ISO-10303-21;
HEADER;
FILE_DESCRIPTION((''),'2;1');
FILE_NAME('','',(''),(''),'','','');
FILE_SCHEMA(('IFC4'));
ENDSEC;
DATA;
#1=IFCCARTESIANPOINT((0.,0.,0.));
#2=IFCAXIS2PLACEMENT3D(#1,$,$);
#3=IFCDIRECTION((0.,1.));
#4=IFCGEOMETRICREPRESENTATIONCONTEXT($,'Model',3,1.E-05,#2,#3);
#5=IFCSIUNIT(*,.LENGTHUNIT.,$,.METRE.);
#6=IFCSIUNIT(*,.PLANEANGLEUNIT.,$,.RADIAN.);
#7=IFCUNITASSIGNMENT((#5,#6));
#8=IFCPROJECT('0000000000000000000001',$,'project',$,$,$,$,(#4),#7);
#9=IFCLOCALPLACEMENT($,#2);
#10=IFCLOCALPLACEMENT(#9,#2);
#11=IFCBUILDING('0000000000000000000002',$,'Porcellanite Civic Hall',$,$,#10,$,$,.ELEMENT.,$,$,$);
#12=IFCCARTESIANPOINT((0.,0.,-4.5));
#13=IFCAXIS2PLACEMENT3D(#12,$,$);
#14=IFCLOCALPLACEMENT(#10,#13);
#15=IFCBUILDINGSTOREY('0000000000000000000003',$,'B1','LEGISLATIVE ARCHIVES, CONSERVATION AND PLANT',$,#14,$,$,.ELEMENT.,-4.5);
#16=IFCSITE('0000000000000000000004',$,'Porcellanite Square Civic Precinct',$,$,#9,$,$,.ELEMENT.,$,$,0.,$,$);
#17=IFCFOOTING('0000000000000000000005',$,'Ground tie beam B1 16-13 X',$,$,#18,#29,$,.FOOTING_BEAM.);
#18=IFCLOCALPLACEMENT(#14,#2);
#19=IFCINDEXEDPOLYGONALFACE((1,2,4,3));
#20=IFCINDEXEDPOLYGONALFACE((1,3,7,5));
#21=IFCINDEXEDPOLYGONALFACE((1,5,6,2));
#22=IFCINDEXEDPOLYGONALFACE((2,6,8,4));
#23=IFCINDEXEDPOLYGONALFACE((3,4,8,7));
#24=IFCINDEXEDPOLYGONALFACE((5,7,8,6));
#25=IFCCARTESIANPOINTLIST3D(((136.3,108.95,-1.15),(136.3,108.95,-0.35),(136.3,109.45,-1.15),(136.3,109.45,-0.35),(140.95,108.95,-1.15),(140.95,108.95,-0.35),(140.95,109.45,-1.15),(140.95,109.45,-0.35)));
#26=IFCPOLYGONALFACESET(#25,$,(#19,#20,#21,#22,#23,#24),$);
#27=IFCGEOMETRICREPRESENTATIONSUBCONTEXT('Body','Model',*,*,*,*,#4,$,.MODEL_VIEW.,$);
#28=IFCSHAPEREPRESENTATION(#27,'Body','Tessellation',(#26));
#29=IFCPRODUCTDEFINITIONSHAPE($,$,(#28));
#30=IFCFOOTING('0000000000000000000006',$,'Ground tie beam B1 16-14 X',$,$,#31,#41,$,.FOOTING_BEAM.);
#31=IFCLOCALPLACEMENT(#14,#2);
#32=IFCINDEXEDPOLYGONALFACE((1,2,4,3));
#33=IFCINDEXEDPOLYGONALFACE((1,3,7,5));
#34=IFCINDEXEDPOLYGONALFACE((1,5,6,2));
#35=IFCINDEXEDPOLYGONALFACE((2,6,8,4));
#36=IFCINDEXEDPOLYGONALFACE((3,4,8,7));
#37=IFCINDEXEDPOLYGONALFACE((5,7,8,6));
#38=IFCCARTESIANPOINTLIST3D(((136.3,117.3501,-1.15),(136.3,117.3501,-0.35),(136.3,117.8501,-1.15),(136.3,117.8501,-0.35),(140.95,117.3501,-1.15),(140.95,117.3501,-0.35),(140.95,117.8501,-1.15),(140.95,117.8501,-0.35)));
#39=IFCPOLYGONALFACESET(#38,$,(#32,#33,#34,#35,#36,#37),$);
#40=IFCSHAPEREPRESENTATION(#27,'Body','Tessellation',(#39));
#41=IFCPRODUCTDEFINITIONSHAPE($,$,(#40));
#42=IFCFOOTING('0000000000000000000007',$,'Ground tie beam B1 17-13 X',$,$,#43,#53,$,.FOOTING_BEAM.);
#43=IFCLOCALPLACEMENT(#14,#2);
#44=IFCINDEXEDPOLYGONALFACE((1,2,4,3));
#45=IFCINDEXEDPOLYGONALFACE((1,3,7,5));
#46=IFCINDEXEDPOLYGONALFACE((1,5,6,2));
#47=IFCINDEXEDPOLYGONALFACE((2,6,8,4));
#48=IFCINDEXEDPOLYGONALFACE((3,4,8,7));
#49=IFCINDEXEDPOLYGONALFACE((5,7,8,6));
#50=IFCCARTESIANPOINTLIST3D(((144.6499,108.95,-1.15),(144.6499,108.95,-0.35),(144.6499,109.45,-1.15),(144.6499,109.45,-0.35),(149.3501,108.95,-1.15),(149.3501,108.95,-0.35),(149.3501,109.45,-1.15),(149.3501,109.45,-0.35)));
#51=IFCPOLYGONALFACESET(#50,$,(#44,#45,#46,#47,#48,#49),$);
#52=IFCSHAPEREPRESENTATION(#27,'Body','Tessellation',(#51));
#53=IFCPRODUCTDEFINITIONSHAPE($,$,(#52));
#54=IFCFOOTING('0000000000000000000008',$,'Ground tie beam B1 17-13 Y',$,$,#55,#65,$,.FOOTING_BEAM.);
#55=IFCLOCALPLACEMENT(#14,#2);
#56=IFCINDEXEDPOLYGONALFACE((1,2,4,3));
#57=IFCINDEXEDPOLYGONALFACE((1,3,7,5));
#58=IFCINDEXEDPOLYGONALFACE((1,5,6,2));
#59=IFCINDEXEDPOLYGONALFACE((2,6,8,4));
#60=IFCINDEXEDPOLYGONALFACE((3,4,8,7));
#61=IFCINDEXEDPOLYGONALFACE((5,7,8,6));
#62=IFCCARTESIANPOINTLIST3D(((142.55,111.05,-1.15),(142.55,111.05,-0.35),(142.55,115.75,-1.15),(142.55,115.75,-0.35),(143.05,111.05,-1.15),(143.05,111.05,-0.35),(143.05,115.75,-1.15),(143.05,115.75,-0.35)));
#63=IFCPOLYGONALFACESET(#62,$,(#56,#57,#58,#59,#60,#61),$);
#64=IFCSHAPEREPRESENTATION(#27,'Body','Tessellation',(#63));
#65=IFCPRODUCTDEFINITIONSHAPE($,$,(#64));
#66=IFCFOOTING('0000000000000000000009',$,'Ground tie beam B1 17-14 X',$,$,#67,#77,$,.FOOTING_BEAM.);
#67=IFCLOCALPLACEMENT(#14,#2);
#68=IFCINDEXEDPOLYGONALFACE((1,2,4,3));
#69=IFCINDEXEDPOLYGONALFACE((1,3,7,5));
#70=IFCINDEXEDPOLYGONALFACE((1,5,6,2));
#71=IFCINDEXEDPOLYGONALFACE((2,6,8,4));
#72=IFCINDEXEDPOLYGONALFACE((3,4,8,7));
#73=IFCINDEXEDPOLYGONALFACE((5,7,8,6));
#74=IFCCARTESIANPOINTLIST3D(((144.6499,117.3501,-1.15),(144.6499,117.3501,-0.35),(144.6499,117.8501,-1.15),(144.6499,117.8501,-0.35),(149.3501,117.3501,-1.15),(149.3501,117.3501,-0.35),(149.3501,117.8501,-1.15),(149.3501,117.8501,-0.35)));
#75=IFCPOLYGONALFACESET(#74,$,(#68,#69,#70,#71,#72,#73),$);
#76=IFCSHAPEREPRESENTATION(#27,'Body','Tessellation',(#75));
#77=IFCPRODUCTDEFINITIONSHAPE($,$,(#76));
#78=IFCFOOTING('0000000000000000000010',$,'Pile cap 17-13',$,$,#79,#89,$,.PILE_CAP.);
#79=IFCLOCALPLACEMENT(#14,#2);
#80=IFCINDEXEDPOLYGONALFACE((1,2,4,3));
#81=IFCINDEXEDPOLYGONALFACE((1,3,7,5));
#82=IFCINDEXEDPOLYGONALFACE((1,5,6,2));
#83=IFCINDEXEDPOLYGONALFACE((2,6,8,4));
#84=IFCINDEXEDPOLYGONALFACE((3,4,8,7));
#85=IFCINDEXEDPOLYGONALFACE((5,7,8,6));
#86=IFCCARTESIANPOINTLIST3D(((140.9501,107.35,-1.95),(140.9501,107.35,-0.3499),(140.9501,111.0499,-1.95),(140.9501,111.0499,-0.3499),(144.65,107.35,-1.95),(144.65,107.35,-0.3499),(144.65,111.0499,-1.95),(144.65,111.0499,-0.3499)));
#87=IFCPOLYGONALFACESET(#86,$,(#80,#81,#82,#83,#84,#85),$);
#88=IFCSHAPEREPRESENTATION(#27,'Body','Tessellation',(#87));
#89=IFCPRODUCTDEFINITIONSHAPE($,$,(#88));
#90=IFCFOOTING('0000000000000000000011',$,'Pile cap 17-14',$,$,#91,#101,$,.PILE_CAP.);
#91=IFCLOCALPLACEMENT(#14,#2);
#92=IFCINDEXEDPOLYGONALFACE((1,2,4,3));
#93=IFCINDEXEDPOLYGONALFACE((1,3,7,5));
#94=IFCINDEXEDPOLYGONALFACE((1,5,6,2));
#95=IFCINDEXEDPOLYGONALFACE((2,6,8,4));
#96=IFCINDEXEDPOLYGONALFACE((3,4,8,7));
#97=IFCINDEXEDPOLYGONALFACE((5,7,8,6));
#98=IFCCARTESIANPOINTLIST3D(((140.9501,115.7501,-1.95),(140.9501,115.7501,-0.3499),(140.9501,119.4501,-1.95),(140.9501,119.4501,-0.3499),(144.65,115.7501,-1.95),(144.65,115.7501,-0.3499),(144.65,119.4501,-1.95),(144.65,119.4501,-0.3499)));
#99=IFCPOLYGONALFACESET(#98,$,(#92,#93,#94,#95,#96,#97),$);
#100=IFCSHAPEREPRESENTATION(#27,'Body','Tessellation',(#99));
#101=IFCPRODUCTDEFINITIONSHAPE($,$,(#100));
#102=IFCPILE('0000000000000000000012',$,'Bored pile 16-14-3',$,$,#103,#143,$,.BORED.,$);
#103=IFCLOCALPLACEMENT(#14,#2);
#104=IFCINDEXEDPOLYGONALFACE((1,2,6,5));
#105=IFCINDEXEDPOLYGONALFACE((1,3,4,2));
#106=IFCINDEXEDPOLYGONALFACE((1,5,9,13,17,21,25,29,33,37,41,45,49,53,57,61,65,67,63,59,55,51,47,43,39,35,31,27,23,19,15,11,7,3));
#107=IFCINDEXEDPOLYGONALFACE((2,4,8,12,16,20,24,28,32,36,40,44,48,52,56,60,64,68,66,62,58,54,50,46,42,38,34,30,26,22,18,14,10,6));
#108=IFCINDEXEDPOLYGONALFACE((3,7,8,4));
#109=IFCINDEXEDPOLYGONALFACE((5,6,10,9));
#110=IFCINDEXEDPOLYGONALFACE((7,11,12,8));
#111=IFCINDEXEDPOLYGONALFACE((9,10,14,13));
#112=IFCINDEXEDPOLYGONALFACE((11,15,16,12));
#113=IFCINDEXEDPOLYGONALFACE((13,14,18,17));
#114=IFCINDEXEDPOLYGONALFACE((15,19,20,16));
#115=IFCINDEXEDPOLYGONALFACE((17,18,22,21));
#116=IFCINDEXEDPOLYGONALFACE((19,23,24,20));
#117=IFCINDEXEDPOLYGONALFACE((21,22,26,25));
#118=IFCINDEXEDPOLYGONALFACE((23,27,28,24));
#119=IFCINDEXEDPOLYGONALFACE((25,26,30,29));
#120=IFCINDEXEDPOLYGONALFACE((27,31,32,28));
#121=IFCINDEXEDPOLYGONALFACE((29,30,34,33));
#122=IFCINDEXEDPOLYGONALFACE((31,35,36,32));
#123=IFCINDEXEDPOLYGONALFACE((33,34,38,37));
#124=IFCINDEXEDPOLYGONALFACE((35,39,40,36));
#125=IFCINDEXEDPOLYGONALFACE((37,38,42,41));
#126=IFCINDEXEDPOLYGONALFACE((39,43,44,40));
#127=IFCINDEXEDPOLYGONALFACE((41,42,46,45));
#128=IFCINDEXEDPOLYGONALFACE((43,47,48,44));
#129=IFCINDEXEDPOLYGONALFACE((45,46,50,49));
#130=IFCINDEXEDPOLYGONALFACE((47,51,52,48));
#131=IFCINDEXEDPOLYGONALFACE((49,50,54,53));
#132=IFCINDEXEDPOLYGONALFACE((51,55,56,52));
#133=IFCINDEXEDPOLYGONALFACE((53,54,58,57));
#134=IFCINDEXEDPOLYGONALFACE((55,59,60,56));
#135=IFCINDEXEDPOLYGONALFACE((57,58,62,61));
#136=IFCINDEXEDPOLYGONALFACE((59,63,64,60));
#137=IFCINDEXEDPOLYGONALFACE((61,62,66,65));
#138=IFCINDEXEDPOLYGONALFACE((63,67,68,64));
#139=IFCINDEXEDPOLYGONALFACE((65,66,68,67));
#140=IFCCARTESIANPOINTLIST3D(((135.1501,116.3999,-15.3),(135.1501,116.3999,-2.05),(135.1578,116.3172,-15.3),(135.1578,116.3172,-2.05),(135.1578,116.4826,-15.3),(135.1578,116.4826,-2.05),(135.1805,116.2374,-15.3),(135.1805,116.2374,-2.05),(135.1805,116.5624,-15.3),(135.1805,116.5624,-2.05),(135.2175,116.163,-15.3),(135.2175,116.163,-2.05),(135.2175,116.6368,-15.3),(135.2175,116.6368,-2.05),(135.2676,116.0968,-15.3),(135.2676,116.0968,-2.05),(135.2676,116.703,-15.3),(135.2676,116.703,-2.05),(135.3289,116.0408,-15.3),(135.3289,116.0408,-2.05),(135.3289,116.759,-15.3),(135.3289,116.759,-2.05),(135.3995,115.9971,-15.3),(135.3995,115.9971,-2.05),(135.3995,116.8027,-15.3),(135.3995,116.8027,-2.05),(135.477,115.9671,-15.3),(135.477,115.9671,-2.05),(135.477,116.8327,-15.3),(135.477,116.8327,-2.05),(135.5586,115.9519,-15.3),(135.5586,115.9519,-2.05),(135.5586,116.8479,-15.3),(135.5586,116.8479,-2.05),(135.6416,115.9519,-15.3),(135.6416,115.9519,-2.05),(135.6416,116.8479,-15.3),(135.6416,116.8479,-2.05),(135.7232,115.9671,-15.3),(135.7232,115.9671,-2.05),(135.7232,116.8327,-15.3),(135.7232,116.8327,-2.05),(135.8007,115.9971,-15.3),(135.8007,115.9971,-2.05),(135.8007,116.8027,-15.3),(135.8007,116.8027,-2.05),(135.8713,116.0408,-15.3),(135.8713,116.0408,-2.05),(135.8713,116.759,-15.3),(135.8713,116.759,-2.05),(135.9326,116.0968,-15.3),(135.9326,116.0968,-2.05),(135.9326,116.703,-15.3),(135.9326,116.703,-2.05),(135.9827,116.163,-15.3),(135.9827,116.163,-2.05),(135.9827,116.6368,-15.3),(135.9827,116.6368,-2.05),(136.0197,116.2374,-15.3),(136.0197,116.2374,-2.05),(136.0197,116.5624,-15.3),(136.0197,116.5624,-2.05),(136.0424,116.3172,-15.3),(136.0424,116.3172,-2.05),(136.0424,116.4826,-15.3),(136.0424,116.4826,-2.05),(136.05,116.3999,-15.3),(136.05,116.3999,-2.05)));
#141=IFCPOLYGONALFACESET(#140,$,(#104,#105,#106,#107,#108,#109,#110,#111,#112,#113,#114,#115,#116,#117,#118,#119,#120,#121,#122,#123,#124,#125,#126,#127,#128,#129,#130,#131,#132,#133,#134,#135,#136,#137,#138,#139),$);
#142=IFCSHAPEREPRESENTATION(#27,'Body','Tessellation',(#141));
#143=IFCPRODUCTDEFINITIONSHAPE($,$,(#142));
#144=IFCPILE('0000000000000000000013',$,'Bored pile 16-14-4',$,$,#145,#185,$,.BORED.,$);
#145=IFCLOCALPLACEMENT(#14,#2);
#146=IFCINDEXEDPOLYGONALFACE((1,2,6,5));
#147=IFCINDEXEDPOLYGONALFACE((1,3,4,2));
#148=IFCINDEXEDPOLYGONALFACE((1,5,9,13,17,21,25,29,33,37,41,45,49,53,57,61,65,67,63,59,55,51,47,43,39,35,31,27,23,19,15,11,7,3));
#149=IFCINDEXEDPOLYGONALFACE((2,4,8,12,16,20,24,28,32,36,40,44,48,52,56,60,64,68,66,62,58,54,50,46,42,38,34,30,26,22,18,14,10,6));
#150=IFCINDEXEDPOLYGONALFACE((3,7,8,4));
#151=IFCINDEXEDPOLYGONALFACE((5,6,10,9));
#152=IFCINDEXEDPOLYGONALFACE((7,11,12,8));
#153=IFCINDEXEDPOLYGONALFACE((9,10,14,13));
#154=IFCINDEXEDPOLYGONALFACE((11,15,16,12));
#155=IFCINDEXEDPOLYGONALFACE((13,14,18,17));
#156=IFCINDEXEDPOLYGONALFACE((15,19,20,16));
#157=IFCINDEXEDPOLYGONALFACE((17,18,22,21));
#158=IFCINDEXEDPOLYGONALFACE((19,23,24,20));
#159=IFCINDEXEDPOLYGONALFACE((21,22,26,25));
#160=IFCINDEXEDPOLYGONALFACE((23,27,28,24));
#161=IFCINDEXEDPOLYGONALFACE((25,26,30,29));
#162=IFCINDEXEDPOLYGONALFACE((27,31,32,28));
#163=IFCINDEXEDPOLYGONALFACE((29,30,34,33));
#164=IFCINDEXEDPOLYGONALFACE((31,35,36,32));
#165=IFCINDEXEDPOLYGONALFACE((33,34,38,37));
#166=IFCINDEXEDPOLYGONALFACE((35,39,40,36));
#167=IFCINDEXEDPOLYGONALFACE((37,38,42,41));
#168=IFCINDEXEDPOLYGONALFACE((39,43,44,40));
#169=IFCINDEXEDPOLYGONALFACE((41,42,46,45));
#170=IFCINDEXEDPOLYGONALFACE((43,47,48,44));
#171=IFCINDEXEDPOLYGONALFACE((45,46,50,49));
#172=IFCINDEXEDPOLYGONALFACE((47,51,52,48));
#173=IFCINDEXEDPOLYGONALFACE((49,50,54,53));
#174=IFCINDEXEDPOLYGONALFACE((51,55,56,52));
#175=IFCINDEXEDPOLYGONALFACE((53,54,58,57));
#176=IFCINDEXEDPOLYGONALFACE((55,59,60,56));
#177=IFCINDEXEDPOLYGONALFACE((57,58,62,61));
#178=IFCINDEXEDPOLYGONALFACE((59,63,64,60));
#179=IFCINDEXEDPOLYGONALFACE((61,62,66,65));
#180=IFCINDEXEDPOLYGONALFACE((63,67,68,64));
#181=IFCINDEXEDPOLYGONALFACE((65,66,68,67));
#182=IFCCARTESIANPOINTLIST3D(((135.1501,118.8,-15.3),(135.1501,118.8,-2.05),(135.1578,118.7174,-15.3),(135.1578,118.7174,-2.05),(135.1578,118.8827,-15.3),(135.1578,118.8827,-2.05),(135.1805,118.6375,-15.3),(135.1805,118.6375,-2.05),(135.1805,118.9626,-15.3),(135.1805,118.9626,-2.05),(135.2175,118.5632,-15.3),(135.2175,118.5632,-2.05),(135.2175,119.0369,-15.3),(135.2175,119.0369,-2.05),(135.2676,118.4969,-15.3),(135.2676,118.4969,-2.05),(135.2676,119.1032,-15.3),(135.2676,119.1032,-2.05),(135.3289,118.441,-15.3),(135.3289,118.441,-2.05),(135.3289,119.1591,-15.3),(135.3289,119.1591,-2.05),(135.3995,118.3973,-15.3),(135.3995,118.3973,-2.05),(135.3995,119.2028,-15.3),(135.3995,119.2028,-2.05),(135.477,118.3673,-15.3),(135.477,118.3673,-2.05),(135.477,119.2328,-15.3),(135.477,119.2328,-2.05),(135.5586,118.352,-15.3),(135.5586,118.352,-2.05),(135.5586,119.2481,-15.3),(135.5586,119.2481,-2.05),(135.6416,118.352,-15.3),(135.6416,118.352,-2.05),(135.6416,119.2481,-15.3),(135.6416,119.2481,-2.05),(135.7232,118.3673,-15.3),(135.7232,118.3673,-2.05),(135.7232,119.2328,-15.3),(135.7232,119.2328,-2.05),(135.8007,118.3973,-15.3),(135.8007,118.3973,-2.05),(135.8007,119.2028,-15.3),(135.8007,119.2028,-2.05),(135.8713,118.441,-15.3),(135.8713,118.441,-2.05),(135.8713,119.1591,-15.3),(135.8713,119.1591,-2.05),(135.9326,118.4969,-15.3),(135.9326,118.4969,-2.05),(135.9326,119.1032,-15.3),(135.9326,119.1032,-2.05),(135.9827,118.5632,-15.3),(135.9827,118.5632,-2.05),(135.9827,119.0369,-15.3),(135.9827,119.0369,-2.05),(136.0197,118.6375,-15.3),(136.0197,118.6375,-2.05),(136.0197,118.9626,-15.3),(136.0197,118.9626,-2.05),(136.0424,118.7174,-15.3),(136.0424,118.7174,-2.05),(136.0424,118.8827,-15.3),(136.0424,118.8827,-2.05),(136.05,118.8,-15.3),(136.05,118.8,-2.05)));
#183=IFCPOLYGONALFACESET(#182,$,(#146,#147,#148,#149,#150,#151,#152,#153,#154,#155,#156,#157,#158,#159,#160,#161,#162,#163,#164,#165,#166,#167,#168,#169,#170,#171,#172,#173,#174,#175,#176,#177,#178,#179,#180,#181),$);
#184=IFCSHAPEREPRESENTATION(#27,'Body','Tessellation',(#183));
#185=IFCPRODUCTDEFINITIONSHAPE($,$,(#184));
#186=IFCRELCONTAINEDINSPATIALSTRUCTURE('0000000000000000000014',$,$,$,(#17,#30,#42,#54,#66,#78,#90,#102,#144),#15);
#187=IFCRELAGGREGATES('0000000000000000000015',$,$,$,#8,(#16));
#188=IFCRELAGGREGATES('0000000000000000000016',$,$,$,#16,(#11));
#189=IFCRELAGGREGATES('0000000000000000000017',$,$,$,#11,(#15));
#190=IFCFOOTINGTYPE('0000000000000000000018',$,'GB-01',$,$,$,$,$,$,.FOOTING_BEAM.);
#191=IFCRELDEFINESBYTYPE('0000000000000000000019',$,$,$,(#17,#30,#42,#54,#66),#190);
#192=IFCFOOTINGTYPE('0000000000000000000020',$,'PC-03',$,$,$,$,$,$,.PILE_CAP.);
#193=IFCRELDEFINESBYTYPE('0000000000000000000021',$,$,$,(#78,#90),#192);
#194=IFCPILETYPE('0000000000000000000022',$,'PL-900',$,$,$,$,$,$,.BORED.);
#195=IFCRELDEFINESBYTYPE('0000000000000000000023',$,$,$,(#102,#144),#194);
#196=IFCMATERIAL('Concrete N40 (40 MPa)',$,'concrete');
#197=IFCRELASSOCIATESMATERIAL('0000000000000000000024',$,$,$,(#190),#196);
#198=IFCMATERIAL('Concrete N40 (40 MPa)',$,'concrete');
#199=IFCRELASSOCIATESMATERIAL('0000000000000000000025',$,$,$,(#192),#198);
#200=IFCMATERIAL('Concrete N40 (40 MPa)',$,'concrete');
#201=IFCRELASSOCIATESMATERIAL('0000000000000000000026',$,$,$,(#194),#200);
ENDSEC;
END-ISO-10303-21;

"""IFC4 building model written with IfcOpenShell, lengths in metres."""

from ifc_helpers import new_model, si_unit, direction, frame, origin, origin_2d, place, context, subcontext, project, spatial, rectangle, circle, extrude, material, material_profile, profile_set, type_object, element, save


model = new_model("IFC4")

# Units and contexts
model_context = context("Model", 3, precision=1e-05, world=origin(), true_north=direction((0.0, 1.0)))
body_context = subcontext(model_context, "Body", "Model", "MODEL_VIEW")
ifc_project = project(units=[si_unit("LENGTHUNIT", "METRE"), si_unit("PLANEANGLEUNIT", "RADIAN")], contexts=[model_context])

# Site, building, storey
site_placement = place(None, origin())
site = spatial("IfcSite", under=ifc_project, at=site_placement, Name="Porcellanite Square Civic Precinct", CompositionType="ELEMENT", RefElevation=0.0)
building_placement = place(site_placement, origin())
building = spatial("IfcBuilding", under=site, at=building_placement, Name="Porcellanite Civic Hall", CompositionType="ELEMENT")
storey_placement = place(building_placement, frame((0.0, 0.0, -4.5)))
storey = spatial("IfcBuildingStorey", under=building, at=storey_placement, Name="B1", Description="LEGISLATIVE ARCHIVES, CONSERVATION AND PLANT", CompositionType="ELEMENT", Elevation=-4.5)

# Footings
ifc_material_1 = material(Name="Concrete N40 (40 MPa)", Category="concrete")
ifc_material_profile_1 = material_profile(ifc_material_1, rectangle(XDim=0.5, YDim=0.8, at=origin_2d()), Name="RC-500x800")
ifc_profile_set_1 = profile_set([ifc_material_profile_1], Name="Concrete N40 (40 MPa)")
footing_type_1 = type_object("IfcFootingType", Name="GB-01", PredefinedType="FOOTING_BEAM", material=ifc_profile_set_1)
for number, where, z_axis, x_axis, name in (
    (1, (136.3, 109.2, -0.75), (1.0, 0.0, 0.0), (0.0, 1.0, 0.0), "Ground tie beam B1 16-13 X"),
    (2, (136.3, 117.6001, -0.75), (1.0, 0.0, 0.0), (0.0, 1.0, 0.0), "Ground tie beam B1 16-14 X"),
):
    element("IfcFooting", number, at=place(storey_placement, frame(where, z_axis=z_axis, x_axis=x_axis)), inside=storey, type_object=footing_type_1, Name=name, PredefinedType="FOOTING_BEAM", context=body_context, shape_type="SweptSolid", body=[
        extrude(rectangle(XDim=0.5, YDim=0.8, at=origin_2d()), origin(), (0.0, 0.0, 1.0), 4.6499),
    ])
footing_1_placement = place(storey_placement, frame((144.6499, 109.2, -0.75), z_axis=(1.0, 0.0, 0.0), x_axis=(0.0, 1.0, 0.0)))
element("IfcFooting", 3, at=footing_1_placement, inside=storey, type_object=footing_type_1, Name="Ground tie beam B1 17-13 X", PredefinedType="FOOTING_BEAM", context=body_context, shape_type="SweptSolid", body=[
    extrude(rectangle(XDim=0.5, YDim=0.8, at=origin_2d()), origin(), (0.0, 0.0, 1.0), 4.7002),
])
footing_2_placement = place(storey_placement, frame((142.8, 111.05, -0.75), z_axis=(0.0, 1.0, 0.0), x_axis=(-1.0, 0.0, 0.0)))
element("IfcFooting", 4, at=footing_2_placement, inside=storey, type_object=footing_type_1, Name="Ground tie beam B1 17-13 Y", PredefinedType="FOOTING_BEAM", context=body_context, shape_type="SweptSolid", body=[
    extrude(rectangle(XDim=0.5, YDim=0.8, at=origin_2d()), origin(), (0.0, 0.0, 1.0), 4.7),
])
footing_3_placement = place(storey_placement, frame((144.6499, 117.6001, -0.75), z_axis=(1.0, 0.0, 0.0), x_axis=(0.0, 1.0, 0.0)))
element("IfcFooting", 5, at=footing_3_placement, inside=storey, type_object=footing_type_1, Name="Ground tie beam B1 17-14 X", PredefinedType="FOOTING_BEAM", context=body_context, shape_type="SweptSolid", body=[
    extrude(rectangle(XDim=0.5, YDim=0.8, at=origin_2d()), origin(), (0.0, 0.0, 1.0), 4.7002),
])
ifc_material_2 = material(Name="Concrete N40 (40 MPa)", Category="concrete")
footing_type_2 = type_object("IfcFootingType", Name="PC-03", PredefinedType="PILE_CAP", material=ifc_material_2)
for number, where, z_axis, x_axis, name in (
    (6, (142.8, 109.2, -1.95), (0.0, 0.0, 1.0), (1.0, 0.0, 0.0), "Pile cap 17-13"),
    (7, (142.8, 117.6001, -1.95), (0.0, 0.0, 1.0), (1.0, 0.0, 0.0), "Pile cap 17-14"),
):
    element("IfcFooting", number, at=place(storey_placement, frame(where, z_axis=z_axis, x_axis=x_axis)), inside=storey, type_object=footing_type_2, Name=name, PredefinedType="PILE_CAP", context=body_context, shape_type="SweptSolid", body=[
        extrude(rectangle(XDim=3.7, YDim=3.7, at=origin_2d()), origin(), (0.0, 0.0, 1.0), 1.6001),
    ])

# Piles
ifc_material_3 = material(Name="Concrete N40 (40 MPa)", Category="concrete")
ifc_material_profile_2 = material_profile(ifc_material_3, circle(Radius=0.45, at=origin_2d()), Name="PILE-D900")
ifc_profile_set_2 = profile_set([ifc_material_profile_2], Name="Concrete N40 (40 MPa)")
pile_type = type_object("IfcPileType", Name="PL-900", PredefinedType="BORED", material=ifc_profile_set_2)
for number, where, z_axis, x_axis, name in (
    (8, (135.6001, 116.3999, -2.05), (0.0, 0.0, -1.0), (1.0, 0.0, 0.0), "Bored pile 16-14-3"),
    (9, (135.6001, 118.8, -2.05), (0.0, 0.0, -1.0), (1.0, 0.0, 0.0), "Bored pile 16-14-4"),
):
    element("IfcPile", number, at=place(storey_placement, frame(where, z_axis=z_axis, x_axis=x_axis)), inside=storey, type_object=pile_type, Name=name, PredefinedType="BORED", context=body_context, shape_type="SweptSolid", body=[
        extrude(circle(Radius=0.45, at=origin_2d()), origin(), (0.0, 0.0, 1.0), 13.25),
    ])

save(model, "model.ifc")
